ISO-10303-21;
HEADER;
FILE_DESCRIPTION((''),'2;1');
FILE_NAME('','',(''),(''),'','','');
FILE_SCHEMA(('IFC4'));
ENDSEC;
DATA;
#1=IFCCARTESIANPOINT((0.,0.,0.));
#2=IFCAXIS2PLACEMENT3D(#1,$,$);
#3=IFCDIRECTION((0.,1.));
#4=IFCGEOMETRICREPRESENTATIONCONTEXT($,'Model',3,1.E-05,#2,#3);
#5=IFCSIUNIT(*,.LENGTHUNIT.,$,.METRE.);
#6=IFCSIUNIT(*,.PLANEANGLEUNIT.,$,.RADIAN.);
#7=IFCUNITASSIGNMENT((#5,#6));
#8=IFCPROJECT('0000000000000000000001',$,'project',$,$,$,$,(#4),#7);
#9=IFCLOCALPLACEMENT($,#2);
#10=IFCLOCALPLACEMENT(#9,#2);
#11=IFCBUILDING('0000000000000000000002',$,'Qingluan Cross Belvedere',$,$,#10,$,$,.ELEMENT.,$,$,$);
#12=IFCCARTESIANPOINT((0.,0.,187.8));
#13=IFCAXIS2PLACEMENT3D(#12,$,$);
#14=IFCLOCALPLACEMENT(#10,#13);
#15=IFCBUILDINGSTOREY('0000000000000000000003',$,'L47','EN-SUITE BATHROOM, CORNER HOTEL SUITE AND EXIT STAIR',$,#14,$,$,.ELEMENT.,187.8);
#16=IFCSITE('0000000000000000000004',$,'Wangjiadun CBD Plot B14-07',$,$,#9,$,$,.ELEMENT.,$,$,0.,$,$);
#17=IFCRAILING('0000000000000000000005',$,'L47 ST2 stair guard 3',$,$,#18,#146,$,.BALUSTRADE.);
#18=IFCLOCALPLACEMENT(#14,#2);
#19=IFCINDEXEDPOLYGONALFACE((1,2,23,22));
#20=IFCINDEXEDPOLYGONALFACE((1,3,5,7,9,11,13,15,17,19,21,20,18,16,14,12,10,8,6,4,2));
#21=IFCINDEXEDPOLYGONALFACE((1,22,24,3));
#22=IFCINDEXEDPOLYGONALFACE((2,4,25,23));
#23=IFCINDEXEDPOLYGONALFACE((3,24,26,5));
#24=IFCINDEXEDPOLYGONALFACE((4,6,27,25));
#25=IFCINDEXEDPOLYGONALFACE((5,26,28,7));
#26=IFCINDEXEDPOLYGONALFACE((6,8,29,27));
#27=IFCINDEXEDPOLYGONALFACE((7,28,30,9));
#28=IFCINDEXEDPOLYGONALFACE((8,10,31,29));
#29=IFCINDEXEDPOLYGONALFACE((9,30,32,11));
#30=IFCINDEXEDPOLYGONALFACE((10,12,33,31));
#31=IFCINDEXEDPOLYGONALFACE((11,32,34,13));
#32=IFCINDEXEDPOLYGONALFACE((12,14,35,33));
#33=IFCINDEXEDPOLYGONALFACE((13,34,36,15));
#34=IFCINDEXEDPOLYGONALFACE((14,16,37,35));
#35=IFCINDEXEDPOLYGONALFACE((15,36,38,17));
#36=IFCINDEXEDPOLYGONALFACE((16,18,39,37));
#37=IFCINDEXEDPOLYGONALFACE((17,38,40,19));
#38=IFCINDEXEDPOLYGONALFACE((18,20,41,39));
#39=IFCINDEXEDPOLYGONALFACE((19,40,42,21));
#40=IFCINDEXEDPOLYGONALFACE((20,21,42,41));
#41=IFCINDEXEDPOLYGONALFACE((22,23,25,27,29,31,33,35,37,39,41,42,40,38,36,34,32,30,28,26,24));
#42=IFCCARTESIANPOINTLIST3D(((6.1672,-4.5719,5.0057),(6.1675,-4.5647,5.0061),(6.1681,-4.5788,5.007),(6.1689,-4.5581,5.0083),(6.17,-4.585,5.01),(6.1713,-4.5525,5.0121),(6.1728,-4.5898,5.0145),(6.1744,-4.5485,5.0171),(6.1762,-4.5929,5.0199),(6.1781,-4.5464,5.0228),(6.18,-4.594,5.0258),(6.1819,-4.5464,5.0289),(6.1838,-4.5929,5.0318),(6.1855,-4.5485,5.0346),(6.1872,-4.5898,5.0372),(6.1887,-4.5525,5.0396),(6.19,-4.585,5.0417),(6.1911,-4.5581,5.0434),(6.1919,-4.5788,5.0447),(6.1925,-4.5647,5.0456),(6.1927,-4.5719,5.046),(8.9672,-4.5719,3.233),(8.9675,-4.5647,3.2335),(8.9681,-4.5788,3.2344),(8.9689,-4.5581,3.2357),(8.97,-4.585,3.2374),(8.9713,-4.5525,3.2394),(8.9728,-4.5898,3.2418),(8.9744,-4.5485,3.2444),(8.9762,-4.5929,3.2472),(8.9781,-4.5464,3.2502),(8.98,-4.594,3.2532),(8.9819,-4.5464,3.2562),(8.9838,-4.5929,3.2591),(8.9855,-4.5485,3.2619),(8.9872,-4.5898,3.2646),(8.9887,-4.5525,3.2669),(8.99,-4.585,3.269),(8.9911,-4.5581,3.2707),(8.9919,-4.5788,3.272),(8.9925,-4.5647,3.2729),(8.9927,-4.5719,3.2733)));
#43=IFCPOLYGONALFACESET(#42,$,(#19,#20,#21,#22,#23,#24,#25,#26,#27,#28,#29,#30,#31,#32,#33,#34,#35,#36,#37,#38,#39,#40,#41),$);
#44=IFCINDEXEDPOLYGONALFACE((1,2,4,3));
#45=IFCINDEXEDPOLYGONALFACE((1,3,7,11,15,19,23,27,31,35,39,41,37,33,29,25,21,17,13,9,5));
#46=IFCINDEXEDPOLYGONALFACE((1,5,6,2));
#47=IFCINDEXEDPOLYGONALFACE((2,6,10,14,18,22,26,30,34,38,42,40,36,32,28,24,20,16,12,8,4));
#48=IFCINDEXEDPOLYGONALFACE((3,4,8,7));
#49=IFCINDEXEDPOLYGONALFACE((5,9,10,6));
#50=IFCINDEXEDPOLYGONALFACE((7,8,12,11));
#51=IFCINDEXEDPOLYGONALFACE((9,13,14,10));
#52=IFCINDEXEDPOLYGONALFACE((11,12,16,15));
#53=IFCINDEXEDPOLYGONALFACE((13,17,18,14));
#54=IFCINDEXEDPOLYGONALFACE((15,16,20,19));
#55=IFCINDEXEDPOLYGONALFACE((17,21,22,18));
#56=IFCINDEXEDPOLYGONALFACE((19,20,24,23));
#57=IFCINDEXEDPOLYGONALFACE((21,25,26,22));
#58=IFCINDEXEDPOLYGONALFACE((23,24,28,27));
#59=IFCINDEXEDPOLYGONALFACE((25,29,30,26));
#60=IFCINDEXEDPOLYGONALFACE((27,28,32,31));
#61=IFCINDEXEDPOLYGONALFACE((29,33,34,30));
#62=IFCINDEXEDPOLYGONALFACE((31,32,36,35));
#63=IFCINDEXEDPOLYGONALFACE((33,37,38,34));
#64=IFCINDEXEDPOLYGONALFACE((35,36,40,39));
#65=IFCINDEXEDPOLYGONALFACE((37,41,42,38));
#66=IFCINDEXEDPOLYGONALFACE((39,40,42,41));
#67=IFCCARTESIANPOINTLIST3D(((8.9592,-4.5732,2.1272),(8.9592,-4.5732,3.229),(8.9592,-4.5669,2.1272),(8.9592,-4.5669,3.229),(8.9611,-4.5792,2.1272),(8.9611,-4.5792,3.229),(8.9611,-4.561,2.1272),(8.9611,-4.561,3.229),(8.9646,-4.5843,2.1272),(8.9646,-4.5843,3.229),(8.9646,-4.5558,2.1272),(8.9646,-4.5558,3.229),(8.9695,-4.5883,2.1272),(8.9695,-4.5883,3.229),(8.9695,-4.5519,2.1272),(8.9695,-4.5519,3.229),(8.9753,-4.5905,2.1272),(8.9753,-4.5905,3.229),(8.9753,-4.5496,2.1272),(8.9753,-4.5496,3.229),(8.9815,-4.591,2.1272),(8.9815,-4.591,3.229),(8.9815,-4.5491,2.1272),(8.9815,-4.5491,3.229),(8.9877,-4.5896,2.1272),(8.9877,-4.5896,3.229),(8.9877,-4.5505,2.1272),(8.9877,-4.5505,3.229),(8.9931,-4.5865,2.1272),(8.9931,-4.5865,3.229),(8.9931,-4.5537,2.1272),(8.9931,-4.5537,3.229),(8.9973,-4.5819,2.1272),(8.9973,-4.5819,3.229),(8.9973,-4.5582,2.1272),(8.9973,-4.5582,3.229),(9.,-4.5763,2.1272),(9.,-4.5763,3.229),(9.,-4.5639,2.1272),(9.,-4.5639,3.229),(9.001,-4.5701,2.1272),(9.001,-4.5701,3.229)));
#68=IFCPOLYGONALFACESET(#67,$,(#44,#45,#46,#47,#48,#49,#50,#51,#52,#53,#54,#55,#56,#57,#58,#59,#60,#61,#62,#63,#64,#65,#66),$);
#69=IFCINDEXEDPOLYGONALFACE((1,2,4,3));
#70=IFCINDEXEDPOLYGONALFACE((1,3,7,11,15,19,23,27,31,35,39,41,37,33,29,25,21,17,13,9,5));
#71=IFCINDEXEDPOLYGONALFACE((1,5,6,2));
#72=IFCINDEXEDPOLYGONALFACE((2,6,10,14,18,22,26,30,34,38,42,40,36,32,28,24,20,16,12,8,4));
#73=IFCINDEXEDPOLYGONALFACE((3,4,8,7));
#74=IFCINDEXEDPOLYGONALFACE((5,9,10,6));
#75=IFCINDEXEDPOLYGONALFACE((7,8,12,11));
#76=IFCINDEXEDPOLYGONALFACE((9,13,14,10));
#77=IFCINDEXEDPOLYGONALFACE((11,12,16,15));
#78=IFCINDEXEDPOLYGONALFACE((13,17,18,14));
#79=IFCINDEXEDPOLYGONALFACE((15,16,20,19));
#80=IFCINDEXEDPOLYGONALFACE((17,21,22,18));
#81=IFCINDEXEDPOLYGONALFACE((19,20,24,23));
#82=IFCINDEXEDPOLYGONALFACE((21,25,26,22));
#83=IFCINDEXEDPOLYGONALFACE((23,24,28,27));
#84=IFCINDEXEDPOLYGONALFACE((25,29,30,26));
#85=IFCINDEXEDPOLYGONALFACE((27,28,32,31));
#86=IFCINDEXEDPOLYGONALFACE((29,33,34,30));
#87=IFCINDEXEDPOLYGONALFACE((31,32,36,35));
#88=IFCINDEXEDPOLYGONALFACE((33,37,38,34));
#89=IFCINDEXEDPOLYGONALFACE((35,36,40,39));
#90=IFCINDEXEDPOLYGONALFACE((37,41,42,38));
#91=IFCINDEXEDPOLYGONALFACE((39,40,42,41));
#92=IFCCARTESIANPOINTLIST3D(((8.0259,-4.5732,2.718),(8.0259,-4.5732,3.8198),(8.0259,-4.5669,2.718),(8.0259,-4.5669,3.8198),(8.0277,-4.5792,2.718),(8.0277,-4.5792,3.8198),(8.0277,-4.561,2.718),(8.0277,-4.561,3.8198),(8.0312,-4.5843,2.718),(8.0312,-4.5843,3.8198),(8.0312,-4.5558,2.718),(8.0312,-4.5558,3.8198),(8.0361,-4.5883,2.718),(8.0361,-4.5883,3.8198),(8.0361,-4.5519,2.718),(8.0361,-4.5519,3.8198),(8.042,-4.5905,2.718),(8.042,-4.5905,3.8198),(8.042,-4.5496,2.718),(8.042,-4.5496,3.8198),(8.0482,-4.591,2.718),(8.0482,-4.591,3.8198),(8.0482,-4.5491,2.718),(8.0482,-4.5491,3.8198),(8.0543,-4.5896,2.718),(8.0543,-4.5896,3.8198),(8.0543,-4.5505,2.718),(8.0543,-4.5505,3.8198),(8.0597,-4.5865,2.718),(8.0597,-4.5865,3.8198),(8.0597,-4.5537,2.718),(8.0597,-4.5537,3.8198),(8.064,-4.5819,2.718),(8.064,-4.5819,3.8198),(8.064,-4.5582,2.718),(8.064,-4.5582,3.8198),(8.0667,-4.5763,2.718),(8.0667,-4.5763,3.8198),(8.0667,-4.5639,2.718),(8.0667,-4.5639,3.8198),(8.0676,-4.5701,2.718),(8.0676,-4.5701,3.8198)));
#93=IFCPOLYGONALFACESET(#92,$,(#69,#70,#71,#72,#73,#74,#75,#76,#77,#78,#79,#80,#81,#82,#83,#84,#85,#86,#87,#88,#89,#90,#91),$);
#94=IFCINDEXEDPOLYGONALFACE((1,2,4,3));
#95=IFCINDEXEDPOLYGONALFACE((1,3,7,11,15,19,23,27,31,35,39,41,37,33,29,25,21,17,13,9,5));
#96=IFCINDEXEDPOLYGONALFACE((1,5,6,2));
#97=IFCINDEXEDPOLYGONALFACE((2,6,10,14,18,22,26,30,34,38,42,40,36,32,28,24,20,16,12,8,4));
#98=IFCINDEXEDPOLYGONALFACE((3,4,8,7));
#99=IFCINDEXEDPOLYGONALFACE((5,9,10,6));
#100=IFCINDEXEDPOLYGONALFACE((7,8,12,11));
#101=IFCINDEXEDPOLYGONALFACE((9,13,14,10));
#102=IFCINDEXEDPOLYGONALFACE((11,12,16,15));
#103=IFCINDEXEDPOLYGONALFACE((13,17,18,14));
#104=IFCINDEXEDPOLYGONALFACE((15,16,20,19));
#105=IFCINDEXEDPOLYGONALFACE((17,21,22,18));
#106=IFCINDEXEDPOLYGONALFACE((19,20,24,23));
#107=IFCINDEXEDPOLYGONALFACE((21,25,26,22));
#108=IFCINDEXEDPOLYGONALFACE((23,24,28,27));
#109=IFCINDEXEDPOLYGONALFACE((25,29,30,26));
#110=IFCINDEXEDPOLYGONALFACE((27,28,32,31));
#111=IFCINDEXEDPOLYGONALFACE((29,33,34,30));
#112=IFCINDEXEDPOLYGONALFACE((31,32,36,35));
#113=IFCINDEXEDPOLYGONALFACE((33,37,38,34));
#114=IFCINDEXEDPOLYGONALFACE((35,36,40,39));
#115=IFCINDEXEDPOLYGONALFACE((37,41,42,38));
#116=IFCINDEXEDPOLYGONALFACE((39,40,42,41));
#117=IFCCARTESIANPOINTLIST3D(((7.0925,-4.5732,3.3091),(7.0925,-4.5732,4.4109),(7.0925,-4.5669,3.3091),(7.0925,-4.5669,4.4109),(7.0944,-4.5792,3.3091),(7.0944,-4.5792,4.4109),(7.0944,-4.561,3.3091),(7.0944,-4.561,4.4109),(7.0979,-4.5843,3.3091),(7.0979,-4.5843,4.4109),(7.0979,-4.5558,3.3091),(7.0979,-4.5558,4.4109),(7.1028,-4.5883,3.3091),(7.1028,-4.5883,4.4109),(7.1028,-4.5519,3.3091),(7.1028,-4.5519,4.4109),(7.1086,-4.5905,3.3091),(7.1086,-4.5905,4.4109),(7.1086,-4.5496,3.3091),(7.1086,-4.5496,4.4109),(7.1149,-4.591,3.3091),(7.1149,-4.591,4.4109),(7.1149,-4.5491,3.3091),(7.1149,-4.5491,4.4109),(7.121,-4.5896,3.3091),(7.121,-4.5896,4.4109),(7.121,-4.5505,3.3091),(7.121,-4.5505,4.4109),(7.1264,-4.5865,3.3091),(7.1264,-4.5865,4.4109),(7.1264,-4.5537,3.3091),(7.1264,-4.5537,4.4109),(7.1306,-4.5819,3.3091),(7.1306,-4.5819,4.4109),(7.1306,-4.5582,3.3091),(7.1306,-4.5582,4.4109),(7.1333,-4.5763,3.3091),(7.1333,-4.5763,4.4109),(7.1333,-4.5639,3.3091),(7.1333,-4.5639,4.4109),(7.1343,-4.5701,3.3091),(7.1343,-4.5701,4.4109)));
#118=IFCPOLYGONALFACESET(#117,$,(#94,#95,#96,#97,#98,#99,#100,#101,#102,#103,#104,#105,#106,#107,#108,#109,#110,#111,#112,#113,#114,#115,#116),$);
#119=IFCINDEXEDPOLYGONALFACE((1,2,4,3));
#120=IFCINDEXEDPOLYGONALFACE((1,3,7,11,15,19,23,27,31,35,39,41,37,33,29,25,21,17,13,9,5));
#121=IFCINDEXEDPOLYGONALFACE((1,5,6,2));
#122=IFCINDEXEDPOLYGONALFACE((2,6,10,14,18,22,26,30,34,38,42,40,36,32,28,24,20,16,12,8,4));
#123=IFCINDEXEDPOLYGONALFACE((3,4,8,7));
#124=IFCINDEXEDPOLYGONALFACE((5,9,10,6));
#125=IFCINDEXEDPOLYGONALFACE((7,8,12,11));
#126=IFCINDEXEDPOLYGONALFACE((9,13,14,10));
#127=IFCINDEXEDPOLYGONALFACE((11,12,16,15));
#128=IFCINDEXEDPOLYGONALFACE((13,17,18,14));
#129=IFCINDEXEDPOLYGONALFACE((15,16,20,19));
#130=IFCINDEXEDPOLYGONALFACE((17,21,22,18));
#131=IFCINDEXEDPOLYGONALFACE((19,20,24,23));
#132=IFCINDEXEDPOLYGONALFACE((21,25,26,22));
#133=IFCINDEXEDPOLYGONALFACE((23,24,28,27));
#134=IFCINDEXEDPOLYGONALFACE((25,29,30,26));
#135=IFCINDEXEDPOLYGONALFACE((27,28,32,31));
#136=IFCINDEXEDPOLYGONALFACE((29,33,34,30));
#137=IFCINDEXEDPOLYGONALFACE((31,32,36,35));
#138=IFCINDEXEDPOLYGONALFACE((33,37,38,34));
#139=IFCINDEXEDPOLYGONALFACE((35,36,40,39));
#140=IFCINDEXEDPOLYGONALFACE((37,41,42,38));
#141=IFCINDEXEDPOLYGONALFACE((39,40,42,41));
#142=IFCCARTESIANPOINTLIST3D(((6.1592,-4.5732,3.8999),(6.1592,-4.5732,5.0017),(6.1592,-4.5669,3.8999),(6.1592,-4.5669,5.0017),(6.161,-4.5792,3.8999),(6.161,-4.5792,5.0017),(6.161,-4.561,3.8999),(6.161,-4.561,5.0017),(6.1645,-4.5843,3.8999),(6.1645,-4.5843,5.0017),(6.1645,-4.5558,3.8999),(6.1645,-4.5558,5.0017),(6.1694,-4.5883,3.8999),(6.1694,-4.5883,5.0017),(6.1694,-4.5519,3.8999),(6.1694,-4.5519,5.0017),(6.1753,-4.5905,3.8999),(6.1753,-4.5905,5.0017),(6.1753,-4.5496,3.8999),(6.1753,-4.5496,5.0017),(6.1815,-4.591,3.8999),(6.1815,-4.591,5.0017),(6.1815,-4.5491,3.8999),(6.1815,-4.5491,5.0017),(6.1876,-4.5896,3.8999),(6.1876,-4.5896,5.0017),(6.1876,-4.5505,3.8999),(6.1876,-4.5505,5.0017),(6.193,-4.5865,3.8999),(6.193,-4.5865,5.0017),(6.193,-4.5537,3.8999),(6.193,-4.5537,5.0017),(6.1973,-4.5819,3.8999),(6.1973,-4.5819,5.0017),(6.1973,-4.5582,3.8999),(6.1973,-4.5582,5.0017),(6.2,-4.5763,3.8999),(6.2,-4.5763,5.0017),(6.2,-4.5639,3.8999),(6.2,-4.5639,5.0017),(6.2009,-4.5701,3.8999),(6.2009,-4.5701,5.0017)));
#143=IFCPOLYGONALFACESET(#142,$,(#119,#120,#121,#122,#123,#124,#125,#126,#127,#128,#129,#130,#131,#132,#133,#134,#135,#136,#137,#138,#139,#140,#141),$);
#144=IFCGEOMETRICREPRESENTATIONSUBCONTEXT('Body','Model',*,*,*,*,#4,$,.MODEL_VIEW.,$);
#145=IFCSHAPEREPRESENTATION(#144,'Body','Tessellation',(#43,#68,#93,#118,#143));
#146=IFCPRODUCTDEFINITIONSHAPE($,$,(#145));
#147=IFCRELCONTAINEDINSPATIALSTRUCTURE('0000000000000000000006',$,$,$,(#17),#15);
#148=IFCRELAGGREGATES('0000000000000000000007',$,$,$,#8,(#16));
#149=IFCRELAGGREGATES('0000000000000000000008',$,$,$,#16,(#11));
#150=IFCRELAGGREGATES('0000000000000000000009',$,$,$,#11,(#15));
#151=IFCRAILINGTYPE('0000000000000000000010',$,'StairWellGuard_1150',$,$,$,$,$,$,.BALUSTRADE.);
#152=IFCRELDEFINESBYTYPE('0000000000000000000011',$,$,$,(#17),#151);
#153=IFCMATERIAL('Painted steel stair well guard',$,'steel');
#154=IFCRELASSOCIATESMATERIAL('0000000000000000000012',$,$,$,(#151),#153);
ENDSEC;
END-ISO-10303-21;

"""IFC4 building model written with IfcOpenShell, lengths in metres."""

from ifc_helpers import new_model, si_unit, direction, frame, origin, origin_2d, place, context, subcontext, project, spatial, circle, extrude, material, type_object, element, save


model = new_model("IFC4")

# Units and contexts
model_context = context("Model", 3, precision=1e-05, world=origin(), true_north=direction((0.0, 1.0)))
body_context = subcontext(model_context, "Body", "Model", "MODEL_VIEW")
ifc_project = project(units=[si_unit("LENGTHUNIT", "METRE"), si_unit("PLANEANGLEUNIT", "RADIAN")], contexts=[model_context])

# Site, building, storey
site_placement = place(None, origin())
site = spatial("IfcSite", under=ifc_project, at=site_placement, Name="Wangjiadun CBD Plot B14-07", CompositionType="ELEMENT", RefElevation=0.0)
building_placement = place(site_placement, origin())
building = spatial("IfcBuilding", under=site, at=building_placement, Name="Qingluan Cross Belvedere", CompositionType="ELEMENT")
storey_placement = place(building_placement, frame((0.0, 0.0, 187.8)))
storey = spatial("IfcBuildingStorey", under=building, at=storey_placement, Name="L47", Description="EN-SUITE BATHROOM, CORNER HOTEL SUITE AND EXIT STAIR", CompositionType="ELEMENT", Elevation=187.8)

# Railing
ifc_material_1 = material(Name="Painted steel stair well guard", Category="steel")
railing_type_1 = type_object("IfcRailingType", Name="StairWellGuard_1150", PredefinedType="BALUSTRADE", material=ifc_material_1)
railing_1_placement = place(storey_placement, frame((8.98, -4.5701, 2.1272)))
element("IfcRailing", 1, at=railing_1_placement, inside=storey, type_object=railing_type_1, Name="L47 ST2 stair guard 3", PredefinedType="BALUSTRADE", context=body_context, shape_type="SweptSolid", body=[
    extrude(circle(Radius=0.0239, at=origin_2d()), frame((0.0, 0.0, 1.126), z_axis=(-0.844909, 0.0, 0.53491), x_axis=(0.0, -1.0, 0.0)), (0.0, 0.0, 1.0), 3.314),
    extrude(circle(Radius=0.021, at=origin_2d()), origin(), (0.0, 0.0, 1.0), 1.1018),
    extrude(circle(Radius=0.021, at=origin_2d()), frame((-0.9333, 0.0, 0.5908)), (0.0, 0.0, 1.0), 1.1018),
    extrude(circle(Radius=0.021, at=origin_2d()), frame((-1.8667, 0.0, 1.1819)), (0.0, 0.0, 1.0), 1.1018),
    extrude(circle(Radius=0.021, at=origin_2d()), frame((-2.8, 0.0, 1.7727)), (0.0, 0.0, 1.0), 1.1018),
])

save(model, "model.ifc")
